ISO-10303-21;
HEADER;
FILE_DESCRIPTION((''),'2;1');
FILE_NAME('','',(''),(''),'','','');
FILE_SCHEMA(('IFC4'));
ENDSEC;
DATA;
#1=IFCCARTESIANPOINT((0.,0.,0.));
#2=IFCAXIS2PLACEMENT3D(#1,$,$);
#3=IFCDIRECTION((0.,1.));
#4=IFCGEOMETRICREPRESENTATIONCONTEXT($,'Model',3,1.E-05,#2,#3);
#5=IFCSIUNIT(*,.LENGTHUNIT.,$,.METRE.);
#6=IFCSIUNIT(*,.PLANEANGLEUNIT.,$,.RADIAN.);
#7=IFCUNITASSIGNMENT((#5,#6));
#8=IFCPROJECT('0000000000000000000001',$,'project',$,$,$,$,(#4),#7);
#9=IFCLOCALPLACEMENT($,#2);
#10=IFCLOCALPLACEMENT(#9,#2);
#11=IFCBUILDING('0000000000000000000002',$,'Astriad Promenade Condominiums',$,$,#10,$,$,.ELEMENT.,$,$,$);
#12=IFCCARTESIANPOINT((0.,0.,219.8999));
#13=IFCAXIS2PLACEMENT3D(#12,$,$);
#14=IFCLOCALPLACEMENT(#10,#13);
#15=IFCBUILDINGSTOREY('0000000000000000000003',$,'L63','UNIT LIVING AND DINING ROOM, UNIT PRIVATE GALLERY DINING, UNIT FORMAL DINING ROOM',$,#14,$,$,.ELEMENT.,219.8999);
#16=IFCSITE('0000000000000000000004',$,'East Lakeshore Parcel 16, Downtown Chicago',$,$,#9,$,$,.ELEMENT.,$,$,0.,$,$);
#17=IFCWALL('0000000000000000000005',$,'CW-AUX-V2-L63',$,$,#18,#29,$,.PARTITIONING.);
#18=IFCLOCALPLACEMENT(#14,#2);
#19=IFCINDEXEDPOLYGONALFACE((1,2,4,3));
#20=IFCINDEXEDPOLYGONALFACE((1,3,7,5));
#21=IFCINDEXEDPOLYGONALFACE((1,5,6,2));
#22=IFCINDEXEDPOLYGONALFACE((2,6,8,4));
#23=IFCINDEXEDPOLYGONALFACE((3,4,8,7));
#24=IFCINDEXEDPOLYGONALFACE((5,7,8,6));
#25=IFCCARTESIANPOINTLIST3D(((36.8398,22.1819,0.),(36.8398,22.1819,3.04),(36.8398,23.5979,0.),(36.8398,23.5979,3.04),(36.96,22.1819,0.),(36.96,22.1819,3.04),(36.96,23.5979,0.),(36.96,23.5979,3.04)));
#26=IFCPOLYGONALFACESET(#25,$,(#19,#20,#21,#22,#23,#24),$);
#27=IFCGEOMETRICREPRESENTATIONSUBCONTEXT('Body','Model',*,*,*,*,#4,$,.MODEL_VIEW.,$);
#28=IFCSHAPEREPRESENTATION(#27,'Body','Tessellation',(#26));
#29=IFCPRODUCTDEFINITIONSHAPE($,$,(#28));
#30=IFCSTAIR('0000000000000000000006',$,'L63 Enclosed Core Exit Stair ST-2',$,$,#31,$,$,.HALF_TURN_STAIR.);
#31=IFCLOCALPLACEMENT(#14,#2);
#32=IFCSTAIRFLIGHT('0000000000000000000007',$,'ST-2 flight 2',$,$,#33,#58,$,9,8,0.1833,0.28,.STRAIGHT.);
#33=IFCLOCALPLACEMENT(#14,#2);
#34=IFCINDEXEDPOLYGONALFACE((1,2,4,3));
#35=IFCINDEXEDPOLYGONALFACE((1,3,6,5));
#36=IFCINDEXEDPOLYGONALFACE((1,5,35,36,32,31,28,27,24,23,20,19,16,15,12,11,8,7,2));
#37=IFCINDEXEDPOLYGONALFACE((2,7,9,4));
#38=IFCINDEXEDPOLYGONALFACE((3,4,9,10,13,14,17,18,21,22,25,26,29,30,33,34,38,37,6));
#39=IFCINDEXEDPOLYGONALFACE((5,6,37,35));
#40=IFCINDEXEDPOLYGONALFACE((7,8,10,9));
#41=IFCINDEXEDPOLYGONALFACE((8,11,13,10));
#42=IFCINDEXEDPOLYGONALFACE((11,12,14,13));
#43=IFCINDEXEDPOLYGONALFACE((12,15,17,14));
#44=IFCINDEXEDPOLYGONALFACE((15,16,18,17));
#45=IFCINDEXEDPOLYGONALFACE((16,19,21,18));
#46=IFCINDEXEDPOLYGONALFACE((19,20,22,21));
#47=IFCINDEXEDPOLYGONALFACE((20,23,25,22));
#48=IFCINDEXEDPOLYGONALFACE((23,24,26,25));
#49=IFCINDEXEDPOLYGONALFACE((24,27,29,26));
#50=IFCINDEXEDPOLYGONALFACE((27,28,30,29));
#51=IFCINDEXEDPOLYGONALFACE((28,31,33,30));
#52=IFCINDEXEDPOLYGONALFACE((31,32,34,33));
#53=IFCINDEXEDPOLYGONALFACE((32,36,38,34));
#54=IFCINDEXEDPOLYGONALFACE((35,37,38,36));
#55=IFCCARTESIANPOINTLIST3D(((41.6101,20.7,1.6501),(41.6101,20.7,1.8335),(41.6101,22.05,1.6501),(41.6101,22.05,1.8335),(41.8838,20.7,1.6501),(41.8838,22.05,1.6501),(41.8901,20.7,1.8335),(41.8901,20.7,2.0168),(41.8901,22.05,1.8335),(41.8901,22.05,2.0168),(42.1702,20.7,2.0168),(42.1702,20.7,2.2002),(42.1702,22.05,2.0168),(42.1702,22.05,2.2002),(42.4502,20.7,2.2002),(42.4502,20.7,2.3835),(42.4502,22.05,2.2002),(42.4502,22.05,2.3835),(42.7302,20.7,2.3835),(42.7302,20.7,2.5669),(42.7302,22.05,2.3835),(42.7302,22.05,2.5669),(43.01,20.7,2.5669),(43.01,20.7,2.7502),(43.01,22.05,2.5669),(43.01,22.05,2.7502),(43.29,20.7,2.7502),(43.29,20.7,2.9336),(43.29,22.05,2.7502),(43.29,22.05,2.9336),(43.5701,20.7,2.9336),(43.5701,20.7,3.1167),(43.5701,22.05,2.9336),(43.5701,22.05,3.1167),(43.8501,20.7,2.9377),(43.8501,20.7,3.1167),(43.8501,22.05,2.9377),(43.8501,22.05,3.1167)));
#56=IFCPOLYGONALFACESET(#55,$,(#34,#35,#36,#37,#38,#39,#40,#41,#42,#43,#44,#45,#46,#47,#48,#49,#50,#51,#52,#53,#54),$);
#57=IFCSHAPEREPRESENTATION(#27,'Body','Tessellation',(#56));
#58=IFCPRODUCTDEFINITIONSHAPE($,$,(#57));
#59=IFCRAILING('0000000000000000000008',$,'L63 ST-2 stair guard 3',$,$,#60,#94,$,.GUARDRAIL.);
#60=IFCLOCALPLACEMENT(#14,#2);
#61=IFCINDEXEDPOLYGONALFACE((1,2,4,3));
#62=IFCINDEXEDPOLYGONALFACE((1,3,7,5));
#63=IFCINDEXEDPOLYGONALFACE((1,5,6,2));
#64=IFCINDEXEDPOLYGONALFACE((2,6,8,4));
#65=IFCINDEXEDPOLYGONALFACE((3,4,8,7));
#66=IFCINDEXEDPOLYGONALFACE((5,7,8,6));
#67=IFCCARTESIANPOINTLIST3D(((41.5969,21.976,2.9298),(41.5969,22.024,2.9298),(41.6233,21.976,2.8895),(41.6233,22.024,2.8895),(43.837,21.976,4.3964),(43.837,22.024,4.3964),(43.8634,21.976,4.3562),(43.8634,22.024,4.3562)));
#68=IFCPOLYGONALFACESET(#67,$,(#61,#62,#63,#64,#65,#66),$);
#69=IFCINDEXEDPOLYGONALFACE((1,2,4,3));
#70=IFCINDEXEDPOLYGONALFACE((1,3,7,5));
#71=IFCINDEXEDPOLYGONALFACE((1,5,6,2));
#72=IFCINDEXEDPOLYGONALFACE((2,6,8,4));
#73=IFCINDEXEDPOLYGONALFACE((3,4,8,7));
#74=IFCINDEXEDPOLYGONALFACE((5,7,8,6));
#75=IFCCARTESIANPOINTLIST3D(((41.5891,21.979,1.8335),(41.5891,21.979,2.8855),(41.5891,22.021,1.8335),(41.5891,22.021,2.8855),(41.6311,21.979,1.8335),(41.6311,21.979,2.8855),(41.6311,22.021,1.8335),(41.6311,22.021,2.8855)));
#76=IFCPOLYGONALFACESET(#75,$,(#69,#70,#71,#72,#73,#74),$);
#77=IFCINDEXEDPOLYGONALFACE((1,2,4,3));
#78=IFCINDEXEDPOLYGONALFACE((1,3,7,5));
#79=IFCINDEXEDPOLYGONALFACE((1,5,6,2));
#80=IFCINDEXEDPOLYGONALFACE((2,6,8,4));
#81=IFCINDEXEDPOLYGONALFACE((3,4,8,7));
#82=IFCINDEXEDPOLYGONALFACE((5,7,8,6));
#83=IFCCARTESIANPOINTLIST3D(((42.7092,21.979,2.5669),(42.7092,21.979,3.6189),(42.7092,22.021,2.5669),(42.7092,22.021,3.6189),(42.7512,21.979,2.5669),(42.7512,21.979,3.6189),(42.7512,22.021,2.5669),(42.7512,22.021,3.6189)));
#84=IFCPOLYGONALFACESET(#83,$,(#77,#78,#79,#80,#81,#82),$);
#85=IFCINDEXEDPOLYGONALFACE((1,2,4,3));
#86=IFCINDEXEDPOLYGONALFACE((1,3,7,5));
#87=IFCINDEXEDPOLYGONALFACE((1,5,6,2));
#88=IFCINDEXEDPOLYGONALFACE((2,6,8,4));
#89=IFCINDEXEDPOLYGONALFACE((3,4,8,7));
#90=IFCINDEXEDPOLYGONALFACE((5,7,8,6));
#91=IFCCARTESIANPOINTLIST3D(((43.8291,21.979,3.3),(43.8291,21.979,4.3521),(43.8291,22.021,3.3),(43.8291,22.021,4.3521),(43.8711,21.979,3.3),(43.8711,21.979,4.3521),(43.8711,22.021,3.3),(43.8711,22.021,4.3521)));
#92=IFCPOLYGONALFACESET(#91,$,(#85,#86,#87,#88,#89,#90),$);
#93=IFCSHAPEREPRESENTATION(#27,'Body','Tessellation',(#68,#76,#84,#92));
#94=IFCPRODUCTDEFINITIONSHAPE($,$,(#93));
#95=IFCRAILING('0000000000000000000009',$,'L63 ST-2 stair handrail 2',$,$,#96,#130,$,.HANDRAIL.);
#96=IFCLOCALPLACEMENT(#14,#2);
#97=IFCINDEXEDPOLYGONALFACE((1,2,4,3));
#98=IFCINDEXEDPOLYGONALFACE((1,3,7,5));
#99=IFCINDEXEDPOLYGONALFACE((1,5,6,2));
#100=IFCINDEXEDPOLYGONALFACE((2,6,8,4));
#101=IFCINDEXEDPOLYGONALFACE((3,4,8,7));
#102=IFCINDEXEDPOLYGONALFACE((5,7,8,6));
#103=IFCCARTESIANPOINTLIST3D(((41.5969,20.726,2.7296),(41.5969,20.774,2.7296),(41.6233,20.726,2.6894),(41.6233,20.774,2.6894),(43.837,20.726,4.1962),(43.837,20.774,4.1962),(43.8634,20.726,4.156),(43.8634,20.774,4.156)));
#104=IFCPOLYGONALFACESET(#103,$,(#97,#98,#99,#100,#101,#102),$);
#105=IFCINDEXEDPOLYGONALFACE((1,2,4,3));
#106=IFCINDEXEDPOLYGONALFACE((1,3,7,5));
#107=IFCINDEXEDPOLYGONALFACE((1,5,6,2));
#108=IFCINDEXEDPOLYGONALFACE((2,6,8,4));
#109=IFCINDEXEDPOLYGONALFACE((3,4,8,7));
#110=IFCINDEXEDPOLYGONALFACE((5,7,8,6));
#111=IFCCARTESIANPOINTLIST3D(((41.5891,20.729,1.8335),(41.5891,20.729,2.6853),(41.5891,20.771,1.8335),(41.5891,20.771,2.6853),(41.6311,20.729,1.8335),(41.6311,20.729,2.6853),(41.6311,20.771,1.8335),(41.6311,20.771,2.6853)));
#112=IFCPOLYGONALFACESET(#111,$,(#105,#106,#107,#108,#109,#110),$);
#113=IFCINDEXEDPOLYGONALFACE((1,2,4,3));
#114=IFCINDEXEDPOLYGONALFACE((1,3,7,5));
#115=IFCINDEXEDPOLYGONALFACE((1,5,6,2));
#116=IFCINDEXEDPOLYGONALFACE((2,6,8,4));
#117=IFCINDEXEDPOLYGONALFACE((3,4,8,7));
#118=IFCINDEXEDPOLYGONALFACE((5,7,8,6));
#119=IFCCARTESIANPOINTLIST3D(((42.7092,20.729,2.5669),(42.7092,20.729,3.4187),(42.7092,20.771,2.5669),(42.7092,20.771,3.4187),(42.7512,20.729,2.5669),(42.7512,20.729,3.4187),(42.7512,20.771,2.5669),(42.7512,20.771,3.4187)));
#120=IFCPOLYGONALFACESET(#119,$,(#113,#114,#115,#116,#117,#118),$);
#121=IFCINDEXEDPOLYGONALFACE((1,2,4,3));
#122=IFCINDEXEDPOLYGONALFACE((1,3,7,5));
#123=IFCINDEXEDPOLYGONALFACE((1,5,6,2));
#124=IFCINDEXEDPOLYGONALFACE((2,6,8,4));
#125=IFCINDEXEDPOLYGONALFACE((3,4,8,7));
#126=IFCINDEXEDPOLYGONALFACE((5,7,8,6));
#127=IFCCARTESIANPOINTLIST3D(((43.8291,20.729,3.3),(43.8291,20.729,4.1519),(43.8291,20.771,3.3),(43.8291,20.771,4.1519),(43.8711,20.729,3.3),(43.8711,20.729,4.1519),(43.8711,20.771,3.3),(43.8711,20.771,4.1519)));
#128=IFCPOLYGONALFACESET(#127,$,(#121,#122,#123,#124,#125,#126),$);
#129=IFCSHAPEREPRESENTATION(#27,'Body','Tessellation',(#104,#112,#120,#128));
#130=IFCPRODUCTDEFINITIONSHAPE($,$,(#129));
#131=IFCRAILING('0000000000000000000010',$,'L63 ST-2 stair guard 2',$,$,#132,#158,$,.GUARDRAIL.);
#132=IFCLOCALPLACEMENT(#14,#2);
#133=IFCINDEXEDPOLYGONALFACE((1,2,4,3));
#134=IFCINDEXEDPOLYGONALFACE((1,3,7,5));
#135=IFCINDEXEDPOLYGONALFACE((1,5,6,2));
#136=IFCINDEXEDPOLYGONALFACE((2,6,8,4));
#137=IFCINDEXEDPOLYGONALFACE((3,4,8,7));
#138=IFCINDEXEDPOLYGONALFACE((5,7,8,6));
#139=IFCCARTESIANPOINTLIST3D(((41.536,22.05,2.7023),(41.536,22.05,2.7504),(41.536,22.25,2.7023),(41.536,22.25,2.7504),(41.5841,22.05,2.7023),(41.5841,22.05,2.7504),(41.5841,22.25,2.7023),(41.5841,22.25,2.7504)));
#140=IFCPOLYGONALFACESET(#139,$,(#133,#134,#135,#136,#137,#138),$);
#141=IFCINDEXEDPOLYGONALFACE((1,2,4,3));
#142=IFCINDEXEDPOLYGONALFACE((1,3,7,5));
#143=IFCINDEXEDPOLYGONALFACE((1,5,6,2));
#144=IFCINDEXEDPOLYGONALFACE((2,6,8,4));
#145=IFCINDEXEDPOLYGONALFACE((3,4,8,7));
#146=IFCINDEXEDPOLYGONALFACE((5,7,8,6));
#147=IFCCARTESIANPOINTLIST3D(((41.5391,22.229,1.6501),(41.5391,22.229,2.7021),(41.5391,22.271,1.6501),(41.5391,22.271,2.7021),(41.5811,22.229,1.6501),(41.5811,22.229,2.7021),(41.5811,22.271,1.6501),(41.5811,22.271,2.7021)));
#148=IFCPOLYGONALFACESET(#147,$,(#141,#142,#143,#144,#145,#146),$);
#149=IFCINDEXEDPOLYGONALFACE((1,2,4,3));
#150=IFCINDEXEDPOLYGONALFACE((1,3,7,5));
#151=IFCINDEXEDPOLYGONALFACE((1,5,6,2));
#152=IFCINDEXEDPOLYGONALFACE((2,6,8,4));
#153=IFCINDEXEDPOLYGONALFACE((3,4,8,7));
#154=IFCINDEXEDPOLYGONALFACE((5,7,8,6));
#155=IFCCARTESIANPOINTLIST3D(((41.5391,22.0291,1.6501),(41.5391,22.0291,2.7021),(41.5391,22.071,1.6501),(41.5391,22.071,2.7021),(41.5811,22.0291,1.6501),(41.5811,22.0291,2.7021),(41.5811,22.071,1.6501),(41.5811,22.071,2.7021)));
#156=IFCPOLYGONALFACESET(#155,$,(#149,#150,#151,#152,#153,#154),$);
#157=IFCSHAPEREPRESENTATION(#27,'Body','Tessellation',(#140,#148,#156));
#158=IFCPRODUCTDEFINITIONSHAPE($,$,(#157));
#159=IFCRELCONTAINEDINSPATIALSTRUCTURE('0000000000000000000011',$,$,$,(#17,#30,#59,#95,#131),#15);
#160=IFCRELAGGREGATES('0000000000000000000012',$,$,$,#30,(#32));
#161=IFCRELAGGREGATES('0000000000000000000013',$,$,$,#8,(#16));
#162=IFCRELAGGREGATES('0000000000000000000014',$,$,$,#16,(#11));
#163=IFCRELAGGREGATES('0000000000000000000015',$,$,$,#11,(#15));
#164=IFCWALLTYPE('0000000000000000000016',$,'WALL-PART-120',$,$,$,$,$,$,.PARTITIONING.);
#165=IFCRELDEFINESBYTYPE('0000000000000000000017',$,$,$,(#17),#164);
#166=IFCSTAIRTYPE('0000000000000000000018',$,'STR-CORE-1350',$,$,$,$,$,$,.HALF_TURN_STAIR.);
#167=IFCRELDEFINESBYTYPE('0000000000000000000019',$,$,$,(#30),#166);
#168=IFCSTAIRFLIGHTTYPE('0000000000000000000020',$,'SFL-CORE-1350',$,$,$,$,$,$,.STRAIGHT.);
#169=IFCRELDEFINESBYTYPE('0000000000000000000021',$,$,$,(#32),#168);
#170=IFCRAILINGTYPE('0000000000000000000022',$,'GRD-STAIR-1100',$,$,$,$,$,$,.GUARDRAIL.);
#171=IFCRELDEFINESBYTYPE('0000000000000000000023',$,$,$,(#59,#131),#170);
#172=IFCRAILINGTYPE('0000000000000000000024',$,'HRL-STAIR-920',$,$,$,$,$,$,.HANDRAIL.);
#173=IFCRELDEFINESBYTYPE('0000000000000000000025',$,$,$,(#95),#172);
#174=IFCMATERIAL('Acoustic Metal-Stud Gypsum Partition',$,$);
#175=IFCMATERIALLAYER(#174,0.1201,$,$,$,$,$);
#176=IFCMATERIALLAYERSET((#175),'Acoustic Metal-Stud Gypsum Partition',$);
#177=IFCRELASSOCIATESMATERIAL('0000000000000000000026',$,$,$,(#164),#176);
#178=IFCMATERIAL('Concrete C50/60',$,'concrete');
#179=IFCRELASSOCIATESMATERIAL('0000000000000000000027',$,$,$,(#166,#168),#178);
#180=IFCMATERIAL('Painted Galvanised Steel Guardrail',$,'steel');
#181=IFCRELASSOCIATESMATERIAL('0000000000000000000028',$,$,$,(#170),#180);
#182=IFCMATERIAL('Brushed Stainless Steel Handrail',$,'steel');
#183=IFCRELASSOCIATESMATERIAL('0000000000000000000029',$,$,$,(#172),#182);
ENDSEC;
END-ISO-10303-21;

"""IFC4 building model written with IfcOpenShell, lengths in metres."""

from ifc_helpers import new_model, si_unit, direction, frame, frame_2d, origin, origin_2d, place, context, subcontext, project, spatial, polyline, rectangle, outline, extrude, source, transform, mapped, material, layer, layer_set, type_object, type_shapes, element, aggregate, save


model = new_model("IFC4")

# Units and contexts
model_context = context("Model", 3, precision=1e-05, world=origin(), true_north=direction((0.0, 1.0)))
body_context = subcontext(model_context, "Body", "Model", "MODEL_VIEW")
ifc_project = project(units=[si_unit("LENGTHUNIT", "METRE"), si_unit("PLANEANGLEUNIT", "RADIAN")], contexts=[model_context])

# Site, building, storey
site_placement = place(None, origin())
site = spatial("IfcSite", under=ifc_project, at=site_placement, Name="East Lakeshore Parcel 16, Downtown Chicago", CompositionType="ELEMENT", RefElevation=0.0)
building_placement = place(site_placement, origin())
building = spatial("IfcBuilding", under=site, at=building_placement, Name="Astriad Promenade Condominiums", CompositionType="ELEMENT")
storey_placement = place(building_placement, frame((0.0, 0.0, 219.8999)))
storey = spatial("IfcBuildingStorey", under=building, at=storey_placement, Name="L63", Description="UNIT LIVING AND DINING ROOM, UNIT PRIVATE GALLERY DINING, UNIT FORMAL DINING ROOM", CompositionType="ELEMENT", Elevation=219.8999)

# Shared definitions
ifc_material_1 = material(Name="Concrete C50/60", Category="concrete")

# Wall
ifc_material_2 = material(Name="Acoustic Metal-Stud Gypsum Partition")
ifc_layer_1 = layer(ifc_material_2, 0.1201)
ifc_layer_set_1 = layer_set([ifc_layer_1], Name="Acoustic Metal-Stud Gypsum Partition")
wall_type_1 = type_object("IfcWallType", Name="WALL-PART-120", PredefinedType="PARTITIONING", material=ifc_layer_set_1)
wall_1_placement = place(storey_placement, frame((36.8999, 22.1819, 0.0), z_axis=(0.0, 0.0, 1.0), x_axis=(0.0, 1.0, 0.0)))
element("IfcWall", 1, at=wall_1_placement, inside=storey, type_object=wall_type_1, Name="CW-AUX-V2-L63", PredefinedType="PARTITIONING", context=body_context, shape_type="SweptSolid", body=[
    extrude(rectangle(XDim=1.416, YDim=0.1201, at=frame_2d((0.708, 0.0))), origin(), (0.0, 0.0, 1.0), 3.04),
])

# Stair, stair flight
stair_type = type_object("IfcStairType", Name="STR-CORE-1350", PredefinedType="HALF_TURN_STAIR", material=ifc_material_1)
stair_placement = place(storey_placement, origin())
stair = element("IfcStair", 2, at=stair_placement, inside=storey, type_object=stair_type, Name="L63 Enclosed Core Exit Stair ST-2", PredefinedType="HALF_TURN_STAIR")
stair_flight_type = type_object("IfcStairFlightType", Name="SFL-CORE-1350", PredefinedType="STRAIGHT", material=ifc_material_1)
shared_shape_1 = source(origin(), body_context, "Body", "SweptSolid", [
    extrude(outline(polyline([(0.0, 0.0), (0.0, 0.1833), (0.28, 0.1833), (0.28, 0.3667), (0.5601, 0.3667), (0.5601, 0.55), (0.8401, 0.55), (0.8401, 0.7334), (1.1201, 0.7334), (1.1201, 0.9167), (1.3999, 0.9167), (1.3999, 1.1001), (1.6799, 1.1001), (1.6799, 1.2834), (1.96, 1.2834), (1.96, 1.4666), (2.24, 1.4666), (2.24, 1.6499), (2.24, 1.2876), (0.2737, 0.0), (0.0, 0.0)])), frame((0.0, 0.675, 0.0), z_axis=(0.0, -1.0, 0.0), x_axis=(1.0, 0.0, 0.0)), (0.0, 0.0, 1.0), 1.3501),
])
type_shapes(stair_flight_type, [shared_shape_1])
stair_flight_placement = place(storey_placement, frame((41.6101, 21.375, 1.6501), z_axis=(0.0, 0.0, 1.0), x_axis=(1.0, 0.0, 0.0)))
stair_flight = element("IfcStairFlight", 3, at=stair_flight_placement, type_object=stair_flight_type, Name="ST-2 flight 2", NumberOfRisers=9, NumberOfTreads=8, PredefinedType="STRAIGHT", RiserHeight=0.1833, TreadLength=0.28, context=body_context, shape_type="MappedRepresentation", body=[
    mapped(shared_shape_1, transform((0.0, 0.0, 0.0), scale=1.0)),
])
aggregate(stair, [stair_flight])

# Railings
ifc_material_3 = material(Name="Painted Galvanised Steel Guardrail", Category="steel")
railing_type_1 = type_object("IfcRailingType", Name="GRD-STAIR-1100", PredefinedType="GUARDRAIL", material=ifc_material_3)
shared_shape_2 = source(origin(), body_context, "Body", "SweptSolid", [
    extrude(rectangle(XDim=0.0481, YDim=0.0481, at=origin_2d()), frame((0.0, 0.0, 1.0762), z_axis=(0.836637, 0.0, 0.547758), x_axis=(0.0, 1.0, 0.0)), (0.0, 0.0, 1.0), 2.6775),
    extrude(rectangle(XDim=0.042, YDim=0.042, at=origin_2d()), origin(), (0.0, 0.0, 1.0), 1.052),
    extrude(rectangle(XDim=0.042, YDim=0.042, at=origin_2d()), frame((1.1201, 0.0, 0.7334)), (0.0, 0.0, 1.0), 1.052),
    extrude(rectangle(XDim=0.042, YDim=0.042, at=origin_2d()), frame((2.24, 0.0, 1.4666)), (0.0, 0.0, 1.0), 1.052),
])
railing_1_placement = place(storey_placement, frame((41.6101, 22.0, 1.8335)))
element("IfcRailing", 4, at=railing_1_placement, inside=storey, type_object=railing_type_1, Name="L63 ST-2 stair guard 3", PredefinedType="GUARDRAIL", context=body_context, shape_type="MappedRepresentation", body=[
    mapped(shared_shape_2, transform((0.0, 0.0, 0.0), scale=1.0)),
])
ifc_material_4 = material(Name="Brushed Stainless Steel Handrail", Category="steel")
railing_type_2 = type_object("IfcRailingType", Name="HRL-STAIR-920", PredefinedType="HANDRAIL", material=ifc_material_4)
shared_shape_3 = source(origin(), body_context, "Body", "SweptSolid", [
    extrude(rectangle(XDim=0.0481, YDim=0.0481, at=origin_2d()), frame((0.0, 0.0, 0.876), z_axis=(0.836637, 0.0, 0.547758), x_axis=(0.0, 1.0, 0.0)), (0.0, 0.0, 1.0), 2.6775),
    extrude(rectangle(XDim=0.042, YDim=0.042, at=origin_2d()), origin(), (0.0, 0.0, 1.0), 0.8518),
    extrude(rectangle(XDim=0.042, YDim=0.042, at=origin_2d()), frame((1.1201, 0.0, 0.7334)), (0.0, 0.0, 1.0), 0.8518),
    extrude(rectangle(XDim=0.042, YDim=0.042, at=origin_2d()), frame((2.24, 0.0, 1.4666)), (0.0, 0.0, 1.0), 0.8518),
])
type_shapes(railing_type_2, [shared_shape_3])
railing_2_placement = place(storey_placement, frame((41.6101, 20.75, 1.8335)))
element("IfcRailing", 5, at=railing_2_placement, inside=storey, type_object=railing_type_2, Name="L63 ST-2 stair handrail 2", PredefinedType="HANDRAIL", context=body_context, shape_type="MappedRepresentation", body=[
    mapped(shared_shape_3, transform((0.0, 0.0, 0.0), scale=1.0)),
])
shared_shape_4 = source(origin(), body_context, "Body", "SweptSolid", [
    extrude(rectangle(XDim=0.0481, YDim=0.0481, at=origin_2d()), frame((0.0, 0.0, 1.0762), z_axis=(0.0, -1.0, 0.0), x_axis=(1.0, 0.0, 0.0)), (0.0, 0.0, 1.0), 0.2),
    extrude(rectangle(XDim=0.042, YDim=0.042, at=origin_2d()), origin(), (0.0, 0.0, 1.0), 1.052),
    extrude(rectangle(XDim=0.042, YDim=0.042, at=origin_2d()), frame((0.0, -0.2, 0.0)), (0.0, 0.0, 1.0), 1.052),
])
type_shapes(railing_type_1, [shared_shape_2, shared_shape_4])
railing_3_placement = place(storey_placement, frame((41.5601, 22.25, 1.6501)))
element("IfcRailing", 6, at=railing_3_placement, inside=storey, type_object=railing_type_1, Name="L63 ST-2 stair guard 2", PredefinedType="GUARDRAIL", context=body_context, shape_type="MappedRepresentation", body=[
    mapped(shared_shape_4, transform((0.0, 0.0, 0.0), scale=1.0)),
])

save(model, "model.ifc")
